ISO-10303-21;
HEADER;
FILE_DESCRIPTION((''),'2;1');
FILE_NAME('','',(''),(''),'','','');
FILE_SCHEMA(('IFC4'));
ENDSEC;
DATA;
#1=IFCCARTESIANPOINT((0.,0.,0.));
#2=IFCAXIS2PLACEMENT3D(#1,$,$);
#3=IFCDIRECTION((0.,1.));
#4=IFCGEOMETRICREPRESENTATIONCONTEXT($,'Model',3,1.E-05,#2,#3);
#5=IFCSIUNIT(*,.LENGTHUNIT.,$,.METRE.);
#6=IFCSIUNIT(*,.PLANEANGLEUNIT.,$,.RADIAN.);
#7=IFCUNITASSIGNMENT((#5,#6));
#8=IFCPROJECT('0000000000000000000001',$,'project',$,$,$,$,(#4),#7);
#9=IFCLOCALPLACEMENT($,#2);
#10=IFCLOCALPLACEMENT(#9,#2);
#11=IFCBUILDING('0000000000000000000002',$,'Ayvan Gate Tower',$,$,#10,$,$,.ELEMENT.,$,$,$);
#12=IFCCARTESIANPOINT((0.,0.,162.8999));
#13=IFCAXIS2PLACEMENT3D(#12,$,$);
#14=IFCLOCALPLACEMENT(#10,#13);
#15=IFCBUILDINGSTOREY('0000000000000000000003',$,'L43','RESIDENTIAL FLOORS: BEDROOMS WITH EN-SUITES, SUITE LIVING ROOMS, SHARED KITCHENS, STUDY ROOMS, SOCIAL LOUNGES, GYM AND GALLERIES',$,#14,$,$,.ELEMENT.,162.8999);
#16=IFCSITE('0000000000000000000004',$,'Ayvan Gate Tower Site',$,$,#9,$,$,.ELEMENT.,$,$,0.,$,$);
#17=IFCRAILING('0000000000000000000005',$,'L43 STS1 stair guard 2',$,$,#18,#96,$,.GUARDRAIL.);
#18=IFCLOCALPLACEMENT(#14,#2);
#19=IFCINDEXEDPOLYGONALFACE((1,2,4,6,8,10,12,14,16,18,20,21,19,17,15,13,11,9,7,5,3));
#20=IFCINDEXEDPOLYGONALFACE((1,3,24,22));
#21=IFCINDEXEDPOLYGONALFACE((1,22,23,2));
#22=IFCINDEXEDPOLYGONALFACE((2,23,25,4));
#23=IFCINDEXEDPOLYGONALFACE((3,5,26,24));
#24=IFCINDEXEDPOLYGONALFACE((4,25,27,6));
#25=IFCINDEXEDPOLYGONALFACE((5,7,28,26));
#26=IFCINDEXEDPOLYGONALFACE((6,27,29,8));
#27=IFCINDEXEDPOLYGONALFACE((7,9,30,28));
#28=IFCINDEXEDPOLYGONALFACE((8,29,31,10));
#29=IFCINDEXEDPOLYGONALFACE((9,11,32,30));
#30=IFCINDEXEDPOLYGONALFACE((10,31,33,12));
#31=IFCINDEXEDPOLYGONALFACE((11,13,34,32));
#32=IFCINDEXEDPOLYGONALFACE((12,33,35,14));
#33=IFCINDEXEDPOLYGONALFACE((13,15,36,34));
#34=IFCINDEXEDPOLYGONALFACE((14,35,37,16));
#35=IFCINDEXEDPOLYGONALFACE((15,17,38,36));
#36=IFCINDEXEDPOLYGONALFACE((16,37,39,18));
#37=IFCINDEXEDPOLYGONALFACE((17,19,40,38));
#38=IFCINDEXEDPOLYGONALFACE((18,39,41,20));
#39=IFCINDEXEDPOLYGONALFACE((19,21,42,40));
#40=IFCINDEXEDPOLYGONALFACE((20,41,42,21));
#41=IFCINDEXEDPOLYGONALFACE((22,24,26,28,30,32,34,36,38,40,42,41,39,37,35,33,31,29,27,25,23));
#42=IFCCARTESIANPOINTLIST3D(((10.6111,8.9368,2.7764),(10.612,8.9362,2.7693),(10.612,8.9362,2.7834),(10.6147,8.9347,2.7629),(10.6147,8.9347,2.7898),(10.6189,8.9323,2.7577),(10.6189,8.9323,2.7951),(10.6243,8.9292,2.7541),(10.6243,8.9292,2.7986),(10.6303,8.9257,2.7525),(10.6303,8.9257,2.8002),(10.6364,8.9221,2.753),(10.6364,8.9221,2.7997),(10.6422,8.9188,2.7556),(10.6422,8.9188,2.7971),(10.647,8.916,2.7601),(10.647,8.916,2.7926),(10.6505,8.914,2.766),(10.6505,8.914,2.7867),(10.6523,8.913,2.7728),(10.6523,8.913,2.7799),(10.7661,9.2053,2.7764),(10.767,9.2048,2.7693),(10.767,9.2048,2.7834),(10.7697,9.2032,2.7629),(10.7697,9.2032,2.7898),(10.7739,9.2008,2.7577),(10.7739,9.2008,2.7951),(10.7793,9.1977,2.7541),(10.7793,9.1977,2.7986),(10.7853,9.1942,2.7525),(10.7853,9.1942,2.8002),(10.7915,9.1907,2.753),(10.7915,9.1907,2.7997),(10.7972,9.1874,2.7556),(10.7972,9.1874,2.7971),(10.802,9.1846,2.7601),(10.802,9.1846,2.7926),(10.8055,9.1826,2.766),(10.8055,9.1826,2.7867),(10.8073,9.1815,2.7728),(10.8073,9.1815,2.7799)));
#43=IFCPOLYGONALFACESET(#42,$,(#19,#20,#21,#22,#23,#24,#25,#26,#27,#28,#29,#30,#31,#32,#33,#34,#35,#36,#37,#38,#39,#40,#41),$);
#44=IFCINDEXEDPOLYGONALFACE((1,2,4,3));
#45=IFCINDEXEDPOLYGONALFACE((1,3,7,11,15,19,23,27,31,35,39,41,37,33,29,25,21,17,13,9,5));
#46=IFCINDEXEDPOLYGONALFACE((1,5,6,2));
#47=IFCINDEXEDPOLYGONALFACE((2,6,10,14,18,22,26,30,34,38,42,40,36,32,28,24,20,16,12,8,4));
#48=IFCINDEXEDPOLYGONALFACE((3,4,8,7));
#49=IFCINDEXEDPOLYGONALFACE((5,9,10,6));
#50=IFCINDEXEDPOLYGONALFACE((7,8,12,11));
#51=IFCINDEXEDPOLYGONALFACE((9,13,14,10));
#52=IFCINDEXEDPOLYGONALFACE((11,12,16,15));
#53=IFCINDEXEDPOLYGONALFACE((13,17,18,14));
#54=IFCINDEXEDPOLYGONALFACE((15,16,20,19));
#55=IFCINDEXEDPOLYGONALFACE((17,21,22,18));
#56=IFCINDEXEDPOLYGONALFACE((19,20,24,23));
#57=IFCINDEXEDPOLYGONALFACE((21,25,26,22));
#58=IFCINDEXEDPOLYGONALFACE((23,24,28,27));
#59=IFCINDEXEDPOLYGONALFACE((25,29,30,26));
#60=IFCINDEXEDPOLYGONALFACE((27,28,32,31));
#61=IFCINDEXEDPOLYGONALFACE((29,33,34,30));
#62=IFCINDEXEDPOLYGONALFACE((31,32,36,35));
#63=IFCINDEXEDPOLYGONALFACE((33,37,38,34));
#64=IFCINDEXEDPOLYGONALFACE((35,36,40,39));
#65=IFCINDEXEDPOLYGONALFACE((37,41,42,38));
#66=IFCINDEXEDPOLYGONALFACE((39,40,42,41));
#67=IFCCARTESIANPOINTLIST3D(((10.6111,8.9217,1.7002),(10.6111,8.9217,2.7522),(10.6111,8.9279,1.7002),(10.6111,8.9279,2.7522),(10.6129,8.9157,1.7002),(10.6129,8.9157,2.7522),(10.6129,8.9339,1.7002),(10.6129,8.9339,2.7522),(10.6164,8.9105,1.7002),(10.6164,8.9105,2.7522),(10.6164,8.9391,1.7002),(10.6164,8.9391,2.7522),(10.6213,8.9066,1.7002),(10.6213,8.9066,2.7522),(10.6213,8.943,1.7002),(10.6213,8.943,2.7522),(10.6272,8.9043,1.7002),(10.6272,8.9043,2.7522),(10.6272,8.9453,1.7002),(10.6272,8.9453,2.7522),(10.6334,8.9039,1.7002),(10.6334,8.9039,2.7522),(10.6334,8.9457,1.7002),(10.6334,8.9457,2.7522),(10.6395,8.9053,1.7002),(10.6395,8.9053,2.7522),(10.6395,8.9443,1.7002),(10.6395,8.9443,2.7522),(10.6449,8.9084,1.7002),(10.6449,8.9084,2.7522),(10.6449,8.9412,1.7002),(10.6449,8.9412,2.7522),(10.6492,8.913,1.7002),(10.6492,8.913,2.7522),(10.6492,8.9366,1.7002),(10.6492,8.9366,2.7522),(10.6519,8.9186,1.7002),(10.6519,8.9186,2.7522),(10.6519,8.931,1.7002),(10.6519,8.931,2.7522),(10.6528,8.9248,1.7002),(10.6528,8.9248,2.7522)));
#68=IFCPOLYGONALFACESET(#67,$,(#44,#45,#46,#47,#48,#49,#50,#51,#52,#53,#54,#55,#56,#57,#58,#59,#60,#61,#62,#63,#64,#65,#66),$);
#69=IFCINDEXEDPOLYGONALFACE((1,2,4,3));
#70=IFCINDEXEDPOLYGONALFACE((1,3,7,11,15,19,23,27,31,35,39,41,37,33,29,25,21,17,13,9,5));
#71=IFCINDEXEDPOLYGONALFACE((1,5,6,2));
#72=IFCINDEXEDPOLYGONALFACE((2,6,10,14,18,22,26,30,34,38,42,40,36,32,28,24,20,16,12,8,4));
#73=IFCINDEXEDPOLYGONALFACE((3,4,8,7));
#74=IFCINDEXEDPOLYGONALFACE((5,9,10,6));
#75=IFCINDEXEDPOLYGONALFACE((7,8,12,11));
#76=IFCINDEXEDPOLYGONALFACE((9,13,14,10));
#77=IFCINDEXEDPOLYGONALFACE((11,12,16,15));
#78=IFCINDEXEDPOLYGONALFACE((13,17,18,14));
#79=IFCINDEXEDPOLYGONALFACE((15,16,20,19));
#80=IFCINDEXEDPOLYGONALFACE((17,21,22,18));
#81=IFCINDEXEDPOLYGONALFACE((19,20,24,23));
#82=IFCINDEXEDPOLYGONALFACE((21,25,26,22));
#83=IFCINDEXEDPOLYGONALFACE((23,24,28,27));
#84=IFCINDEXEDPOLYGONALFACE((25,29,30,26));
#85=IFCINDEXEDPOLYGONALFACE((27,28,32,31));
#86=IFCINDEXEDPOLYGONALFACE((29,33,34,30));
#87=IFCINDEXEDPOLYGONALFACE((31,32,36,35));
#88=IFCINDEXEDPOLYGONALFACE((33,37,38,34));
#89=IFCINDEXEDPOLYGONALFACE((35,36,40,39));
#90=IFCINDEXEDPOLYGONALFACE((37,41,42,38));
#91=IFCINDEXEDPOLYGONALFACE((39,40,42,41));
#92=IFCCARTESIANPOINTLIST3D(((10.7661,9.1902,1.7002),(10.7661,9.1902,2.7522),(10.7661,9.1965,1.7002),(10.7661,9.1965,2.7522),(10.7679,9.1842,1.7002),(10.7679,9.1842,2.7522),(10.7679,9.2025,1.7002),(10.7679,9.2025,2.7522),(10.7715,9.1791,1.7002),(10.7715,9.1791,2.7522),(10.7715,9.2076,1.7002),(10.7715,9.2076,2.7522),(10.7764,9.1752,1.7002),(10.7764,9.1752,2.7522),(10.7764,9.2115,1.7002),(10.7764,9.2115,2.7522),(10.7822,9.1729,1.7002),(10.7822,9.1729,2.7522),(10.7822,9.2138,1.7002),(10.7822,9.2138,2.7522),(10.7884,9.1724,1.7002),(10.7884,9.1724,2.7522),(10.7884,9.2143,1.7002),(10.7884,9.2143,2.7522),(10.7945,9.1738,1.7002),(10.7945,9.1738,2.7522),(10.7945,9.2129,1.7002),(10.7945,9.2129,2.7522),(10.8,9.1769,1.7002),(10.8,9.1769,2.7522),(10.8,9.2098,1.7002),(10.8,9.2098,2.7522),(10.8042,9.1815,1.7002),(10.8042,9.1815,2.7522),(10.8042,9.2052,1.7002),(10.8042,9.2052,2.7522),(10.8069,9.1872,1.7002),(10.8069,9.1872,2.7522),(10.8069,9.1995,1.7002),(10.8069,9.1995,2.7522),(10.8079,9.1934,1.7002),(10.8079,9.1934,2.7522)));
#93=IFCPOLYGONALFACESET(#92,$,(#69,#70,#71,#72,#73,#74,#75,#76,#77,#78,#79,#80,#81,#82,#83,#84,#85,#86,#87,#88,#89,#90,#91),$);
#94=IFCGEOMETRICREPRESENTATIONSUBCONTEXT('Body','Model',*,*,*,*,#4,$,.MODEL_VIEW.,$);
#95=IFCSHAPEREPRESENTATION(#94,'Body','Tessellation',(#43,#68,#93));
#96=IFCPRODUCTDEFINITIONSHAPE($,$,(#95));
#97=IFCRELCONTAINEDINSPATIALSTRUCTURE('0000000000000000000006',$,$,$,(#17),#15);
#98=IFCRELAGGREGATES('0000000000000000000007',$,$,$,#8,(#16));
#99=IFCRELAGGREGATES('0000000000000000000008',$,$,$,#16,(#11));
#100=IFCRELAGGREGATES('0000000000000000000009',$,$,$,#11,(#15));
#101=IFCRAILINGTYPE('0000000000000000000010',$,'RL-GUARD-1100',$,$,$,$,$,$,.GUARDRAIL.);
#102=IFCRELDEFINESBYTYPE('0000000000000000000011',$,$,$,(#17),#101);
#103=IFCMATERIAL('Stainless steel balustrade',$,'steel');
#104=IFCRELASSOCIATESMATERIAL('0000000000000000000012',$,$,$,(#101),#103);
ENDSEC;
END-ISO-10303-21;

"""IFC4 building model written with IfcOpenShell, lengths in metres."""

from ifc_helpers import new_model, si_unit, direction, frame, origin, origin_2d, place, context, subcontext, project, spatial, circle, extrude, material, type_object, element, save


model = new_model("IFC4")

# Units and contexts
model_context = context("Model", 3, precision=1e-05, world=origin(), true_north=direction((0.0, 1.0)))
body_context = subcontext(model_context, "Body", "Model", "MODEL_VIEW")
ifc_project = project(units=[si_unit("LENGTHUNIT", "METRE"), si_unit("PLANEANGLEUNIT", "RADIAN")], contexts=[model_context])

# Site, building, storey
site_placement = place(None, origin())
site = spatial("IfcSite", under=ifc_project, at=site_placement, Name="Ayvan Gate Tower Site", CompositionType="ELEMENT", RefElevation=0.0)
building_placement = place(site_placement, origin())
building = spatial("IfcBuilding", under=site, at=building_placement, Name="Ayvan Gate Tower", CompositionType="ELEMENT")
storey_placement = place(building_placement, frame((0.0, 0.0, 162.8999)))
storey = spatial("IfcBuildingStorey", under=building, at=storey_placement, Name="L43", Description="RESIDENTIAL FLOORS: BEDROOMS WITH EN-SUITES, SUITE LIVING ROOMS, SHARED KITCHENS, STUDY ROOMS, SOCIAL LOUNGES, GYM AND GALLERIES", CompositionType="ELEMENT", Elevation=162.8999)

# Railing
ifc_material_1 = material(Name="Stainless steel balustrade", Category="steel")
railing_type_1 = type_object("IfcRailingType", Name="RL-GUARD-1100", PredefinedType="GUARDRAIL", material=ifc_material_1)
railing_1_placement = place(storey_placement, frame((10.6318, 8.9248, 1.7002)))
element("IfcRailing", 1, at=railing_1_placement, inside=storey, type_object=railing_type_1, Name="L43 STS1 stair guard 2", PredefinedType="GUARDRAIL", context=body_context, shape_type="SweptSolid", body=[
    extrude(circle(Radius=0.0239, at=origin_2d()), frame((0.0, 0.0, 1.0762), z_axis=(0.49995, 0.866054, 0.0), x_axis=(-0.866054, 0.49995, 0.0)), (0.0, 0.0, 1.0), 0.3101),
    extrude(circle(Radius=0.021, at=origin_2d()), origin(), (0.0, 0.0, 1.0), 1.052),
    extrude(circle(Radius=0.021, at=origin_2d()), frame((0.155, 0.2686, 0.0)), (0.0, 0.0, 1.0), 1.052),
])

save(model, "model.ifc")
